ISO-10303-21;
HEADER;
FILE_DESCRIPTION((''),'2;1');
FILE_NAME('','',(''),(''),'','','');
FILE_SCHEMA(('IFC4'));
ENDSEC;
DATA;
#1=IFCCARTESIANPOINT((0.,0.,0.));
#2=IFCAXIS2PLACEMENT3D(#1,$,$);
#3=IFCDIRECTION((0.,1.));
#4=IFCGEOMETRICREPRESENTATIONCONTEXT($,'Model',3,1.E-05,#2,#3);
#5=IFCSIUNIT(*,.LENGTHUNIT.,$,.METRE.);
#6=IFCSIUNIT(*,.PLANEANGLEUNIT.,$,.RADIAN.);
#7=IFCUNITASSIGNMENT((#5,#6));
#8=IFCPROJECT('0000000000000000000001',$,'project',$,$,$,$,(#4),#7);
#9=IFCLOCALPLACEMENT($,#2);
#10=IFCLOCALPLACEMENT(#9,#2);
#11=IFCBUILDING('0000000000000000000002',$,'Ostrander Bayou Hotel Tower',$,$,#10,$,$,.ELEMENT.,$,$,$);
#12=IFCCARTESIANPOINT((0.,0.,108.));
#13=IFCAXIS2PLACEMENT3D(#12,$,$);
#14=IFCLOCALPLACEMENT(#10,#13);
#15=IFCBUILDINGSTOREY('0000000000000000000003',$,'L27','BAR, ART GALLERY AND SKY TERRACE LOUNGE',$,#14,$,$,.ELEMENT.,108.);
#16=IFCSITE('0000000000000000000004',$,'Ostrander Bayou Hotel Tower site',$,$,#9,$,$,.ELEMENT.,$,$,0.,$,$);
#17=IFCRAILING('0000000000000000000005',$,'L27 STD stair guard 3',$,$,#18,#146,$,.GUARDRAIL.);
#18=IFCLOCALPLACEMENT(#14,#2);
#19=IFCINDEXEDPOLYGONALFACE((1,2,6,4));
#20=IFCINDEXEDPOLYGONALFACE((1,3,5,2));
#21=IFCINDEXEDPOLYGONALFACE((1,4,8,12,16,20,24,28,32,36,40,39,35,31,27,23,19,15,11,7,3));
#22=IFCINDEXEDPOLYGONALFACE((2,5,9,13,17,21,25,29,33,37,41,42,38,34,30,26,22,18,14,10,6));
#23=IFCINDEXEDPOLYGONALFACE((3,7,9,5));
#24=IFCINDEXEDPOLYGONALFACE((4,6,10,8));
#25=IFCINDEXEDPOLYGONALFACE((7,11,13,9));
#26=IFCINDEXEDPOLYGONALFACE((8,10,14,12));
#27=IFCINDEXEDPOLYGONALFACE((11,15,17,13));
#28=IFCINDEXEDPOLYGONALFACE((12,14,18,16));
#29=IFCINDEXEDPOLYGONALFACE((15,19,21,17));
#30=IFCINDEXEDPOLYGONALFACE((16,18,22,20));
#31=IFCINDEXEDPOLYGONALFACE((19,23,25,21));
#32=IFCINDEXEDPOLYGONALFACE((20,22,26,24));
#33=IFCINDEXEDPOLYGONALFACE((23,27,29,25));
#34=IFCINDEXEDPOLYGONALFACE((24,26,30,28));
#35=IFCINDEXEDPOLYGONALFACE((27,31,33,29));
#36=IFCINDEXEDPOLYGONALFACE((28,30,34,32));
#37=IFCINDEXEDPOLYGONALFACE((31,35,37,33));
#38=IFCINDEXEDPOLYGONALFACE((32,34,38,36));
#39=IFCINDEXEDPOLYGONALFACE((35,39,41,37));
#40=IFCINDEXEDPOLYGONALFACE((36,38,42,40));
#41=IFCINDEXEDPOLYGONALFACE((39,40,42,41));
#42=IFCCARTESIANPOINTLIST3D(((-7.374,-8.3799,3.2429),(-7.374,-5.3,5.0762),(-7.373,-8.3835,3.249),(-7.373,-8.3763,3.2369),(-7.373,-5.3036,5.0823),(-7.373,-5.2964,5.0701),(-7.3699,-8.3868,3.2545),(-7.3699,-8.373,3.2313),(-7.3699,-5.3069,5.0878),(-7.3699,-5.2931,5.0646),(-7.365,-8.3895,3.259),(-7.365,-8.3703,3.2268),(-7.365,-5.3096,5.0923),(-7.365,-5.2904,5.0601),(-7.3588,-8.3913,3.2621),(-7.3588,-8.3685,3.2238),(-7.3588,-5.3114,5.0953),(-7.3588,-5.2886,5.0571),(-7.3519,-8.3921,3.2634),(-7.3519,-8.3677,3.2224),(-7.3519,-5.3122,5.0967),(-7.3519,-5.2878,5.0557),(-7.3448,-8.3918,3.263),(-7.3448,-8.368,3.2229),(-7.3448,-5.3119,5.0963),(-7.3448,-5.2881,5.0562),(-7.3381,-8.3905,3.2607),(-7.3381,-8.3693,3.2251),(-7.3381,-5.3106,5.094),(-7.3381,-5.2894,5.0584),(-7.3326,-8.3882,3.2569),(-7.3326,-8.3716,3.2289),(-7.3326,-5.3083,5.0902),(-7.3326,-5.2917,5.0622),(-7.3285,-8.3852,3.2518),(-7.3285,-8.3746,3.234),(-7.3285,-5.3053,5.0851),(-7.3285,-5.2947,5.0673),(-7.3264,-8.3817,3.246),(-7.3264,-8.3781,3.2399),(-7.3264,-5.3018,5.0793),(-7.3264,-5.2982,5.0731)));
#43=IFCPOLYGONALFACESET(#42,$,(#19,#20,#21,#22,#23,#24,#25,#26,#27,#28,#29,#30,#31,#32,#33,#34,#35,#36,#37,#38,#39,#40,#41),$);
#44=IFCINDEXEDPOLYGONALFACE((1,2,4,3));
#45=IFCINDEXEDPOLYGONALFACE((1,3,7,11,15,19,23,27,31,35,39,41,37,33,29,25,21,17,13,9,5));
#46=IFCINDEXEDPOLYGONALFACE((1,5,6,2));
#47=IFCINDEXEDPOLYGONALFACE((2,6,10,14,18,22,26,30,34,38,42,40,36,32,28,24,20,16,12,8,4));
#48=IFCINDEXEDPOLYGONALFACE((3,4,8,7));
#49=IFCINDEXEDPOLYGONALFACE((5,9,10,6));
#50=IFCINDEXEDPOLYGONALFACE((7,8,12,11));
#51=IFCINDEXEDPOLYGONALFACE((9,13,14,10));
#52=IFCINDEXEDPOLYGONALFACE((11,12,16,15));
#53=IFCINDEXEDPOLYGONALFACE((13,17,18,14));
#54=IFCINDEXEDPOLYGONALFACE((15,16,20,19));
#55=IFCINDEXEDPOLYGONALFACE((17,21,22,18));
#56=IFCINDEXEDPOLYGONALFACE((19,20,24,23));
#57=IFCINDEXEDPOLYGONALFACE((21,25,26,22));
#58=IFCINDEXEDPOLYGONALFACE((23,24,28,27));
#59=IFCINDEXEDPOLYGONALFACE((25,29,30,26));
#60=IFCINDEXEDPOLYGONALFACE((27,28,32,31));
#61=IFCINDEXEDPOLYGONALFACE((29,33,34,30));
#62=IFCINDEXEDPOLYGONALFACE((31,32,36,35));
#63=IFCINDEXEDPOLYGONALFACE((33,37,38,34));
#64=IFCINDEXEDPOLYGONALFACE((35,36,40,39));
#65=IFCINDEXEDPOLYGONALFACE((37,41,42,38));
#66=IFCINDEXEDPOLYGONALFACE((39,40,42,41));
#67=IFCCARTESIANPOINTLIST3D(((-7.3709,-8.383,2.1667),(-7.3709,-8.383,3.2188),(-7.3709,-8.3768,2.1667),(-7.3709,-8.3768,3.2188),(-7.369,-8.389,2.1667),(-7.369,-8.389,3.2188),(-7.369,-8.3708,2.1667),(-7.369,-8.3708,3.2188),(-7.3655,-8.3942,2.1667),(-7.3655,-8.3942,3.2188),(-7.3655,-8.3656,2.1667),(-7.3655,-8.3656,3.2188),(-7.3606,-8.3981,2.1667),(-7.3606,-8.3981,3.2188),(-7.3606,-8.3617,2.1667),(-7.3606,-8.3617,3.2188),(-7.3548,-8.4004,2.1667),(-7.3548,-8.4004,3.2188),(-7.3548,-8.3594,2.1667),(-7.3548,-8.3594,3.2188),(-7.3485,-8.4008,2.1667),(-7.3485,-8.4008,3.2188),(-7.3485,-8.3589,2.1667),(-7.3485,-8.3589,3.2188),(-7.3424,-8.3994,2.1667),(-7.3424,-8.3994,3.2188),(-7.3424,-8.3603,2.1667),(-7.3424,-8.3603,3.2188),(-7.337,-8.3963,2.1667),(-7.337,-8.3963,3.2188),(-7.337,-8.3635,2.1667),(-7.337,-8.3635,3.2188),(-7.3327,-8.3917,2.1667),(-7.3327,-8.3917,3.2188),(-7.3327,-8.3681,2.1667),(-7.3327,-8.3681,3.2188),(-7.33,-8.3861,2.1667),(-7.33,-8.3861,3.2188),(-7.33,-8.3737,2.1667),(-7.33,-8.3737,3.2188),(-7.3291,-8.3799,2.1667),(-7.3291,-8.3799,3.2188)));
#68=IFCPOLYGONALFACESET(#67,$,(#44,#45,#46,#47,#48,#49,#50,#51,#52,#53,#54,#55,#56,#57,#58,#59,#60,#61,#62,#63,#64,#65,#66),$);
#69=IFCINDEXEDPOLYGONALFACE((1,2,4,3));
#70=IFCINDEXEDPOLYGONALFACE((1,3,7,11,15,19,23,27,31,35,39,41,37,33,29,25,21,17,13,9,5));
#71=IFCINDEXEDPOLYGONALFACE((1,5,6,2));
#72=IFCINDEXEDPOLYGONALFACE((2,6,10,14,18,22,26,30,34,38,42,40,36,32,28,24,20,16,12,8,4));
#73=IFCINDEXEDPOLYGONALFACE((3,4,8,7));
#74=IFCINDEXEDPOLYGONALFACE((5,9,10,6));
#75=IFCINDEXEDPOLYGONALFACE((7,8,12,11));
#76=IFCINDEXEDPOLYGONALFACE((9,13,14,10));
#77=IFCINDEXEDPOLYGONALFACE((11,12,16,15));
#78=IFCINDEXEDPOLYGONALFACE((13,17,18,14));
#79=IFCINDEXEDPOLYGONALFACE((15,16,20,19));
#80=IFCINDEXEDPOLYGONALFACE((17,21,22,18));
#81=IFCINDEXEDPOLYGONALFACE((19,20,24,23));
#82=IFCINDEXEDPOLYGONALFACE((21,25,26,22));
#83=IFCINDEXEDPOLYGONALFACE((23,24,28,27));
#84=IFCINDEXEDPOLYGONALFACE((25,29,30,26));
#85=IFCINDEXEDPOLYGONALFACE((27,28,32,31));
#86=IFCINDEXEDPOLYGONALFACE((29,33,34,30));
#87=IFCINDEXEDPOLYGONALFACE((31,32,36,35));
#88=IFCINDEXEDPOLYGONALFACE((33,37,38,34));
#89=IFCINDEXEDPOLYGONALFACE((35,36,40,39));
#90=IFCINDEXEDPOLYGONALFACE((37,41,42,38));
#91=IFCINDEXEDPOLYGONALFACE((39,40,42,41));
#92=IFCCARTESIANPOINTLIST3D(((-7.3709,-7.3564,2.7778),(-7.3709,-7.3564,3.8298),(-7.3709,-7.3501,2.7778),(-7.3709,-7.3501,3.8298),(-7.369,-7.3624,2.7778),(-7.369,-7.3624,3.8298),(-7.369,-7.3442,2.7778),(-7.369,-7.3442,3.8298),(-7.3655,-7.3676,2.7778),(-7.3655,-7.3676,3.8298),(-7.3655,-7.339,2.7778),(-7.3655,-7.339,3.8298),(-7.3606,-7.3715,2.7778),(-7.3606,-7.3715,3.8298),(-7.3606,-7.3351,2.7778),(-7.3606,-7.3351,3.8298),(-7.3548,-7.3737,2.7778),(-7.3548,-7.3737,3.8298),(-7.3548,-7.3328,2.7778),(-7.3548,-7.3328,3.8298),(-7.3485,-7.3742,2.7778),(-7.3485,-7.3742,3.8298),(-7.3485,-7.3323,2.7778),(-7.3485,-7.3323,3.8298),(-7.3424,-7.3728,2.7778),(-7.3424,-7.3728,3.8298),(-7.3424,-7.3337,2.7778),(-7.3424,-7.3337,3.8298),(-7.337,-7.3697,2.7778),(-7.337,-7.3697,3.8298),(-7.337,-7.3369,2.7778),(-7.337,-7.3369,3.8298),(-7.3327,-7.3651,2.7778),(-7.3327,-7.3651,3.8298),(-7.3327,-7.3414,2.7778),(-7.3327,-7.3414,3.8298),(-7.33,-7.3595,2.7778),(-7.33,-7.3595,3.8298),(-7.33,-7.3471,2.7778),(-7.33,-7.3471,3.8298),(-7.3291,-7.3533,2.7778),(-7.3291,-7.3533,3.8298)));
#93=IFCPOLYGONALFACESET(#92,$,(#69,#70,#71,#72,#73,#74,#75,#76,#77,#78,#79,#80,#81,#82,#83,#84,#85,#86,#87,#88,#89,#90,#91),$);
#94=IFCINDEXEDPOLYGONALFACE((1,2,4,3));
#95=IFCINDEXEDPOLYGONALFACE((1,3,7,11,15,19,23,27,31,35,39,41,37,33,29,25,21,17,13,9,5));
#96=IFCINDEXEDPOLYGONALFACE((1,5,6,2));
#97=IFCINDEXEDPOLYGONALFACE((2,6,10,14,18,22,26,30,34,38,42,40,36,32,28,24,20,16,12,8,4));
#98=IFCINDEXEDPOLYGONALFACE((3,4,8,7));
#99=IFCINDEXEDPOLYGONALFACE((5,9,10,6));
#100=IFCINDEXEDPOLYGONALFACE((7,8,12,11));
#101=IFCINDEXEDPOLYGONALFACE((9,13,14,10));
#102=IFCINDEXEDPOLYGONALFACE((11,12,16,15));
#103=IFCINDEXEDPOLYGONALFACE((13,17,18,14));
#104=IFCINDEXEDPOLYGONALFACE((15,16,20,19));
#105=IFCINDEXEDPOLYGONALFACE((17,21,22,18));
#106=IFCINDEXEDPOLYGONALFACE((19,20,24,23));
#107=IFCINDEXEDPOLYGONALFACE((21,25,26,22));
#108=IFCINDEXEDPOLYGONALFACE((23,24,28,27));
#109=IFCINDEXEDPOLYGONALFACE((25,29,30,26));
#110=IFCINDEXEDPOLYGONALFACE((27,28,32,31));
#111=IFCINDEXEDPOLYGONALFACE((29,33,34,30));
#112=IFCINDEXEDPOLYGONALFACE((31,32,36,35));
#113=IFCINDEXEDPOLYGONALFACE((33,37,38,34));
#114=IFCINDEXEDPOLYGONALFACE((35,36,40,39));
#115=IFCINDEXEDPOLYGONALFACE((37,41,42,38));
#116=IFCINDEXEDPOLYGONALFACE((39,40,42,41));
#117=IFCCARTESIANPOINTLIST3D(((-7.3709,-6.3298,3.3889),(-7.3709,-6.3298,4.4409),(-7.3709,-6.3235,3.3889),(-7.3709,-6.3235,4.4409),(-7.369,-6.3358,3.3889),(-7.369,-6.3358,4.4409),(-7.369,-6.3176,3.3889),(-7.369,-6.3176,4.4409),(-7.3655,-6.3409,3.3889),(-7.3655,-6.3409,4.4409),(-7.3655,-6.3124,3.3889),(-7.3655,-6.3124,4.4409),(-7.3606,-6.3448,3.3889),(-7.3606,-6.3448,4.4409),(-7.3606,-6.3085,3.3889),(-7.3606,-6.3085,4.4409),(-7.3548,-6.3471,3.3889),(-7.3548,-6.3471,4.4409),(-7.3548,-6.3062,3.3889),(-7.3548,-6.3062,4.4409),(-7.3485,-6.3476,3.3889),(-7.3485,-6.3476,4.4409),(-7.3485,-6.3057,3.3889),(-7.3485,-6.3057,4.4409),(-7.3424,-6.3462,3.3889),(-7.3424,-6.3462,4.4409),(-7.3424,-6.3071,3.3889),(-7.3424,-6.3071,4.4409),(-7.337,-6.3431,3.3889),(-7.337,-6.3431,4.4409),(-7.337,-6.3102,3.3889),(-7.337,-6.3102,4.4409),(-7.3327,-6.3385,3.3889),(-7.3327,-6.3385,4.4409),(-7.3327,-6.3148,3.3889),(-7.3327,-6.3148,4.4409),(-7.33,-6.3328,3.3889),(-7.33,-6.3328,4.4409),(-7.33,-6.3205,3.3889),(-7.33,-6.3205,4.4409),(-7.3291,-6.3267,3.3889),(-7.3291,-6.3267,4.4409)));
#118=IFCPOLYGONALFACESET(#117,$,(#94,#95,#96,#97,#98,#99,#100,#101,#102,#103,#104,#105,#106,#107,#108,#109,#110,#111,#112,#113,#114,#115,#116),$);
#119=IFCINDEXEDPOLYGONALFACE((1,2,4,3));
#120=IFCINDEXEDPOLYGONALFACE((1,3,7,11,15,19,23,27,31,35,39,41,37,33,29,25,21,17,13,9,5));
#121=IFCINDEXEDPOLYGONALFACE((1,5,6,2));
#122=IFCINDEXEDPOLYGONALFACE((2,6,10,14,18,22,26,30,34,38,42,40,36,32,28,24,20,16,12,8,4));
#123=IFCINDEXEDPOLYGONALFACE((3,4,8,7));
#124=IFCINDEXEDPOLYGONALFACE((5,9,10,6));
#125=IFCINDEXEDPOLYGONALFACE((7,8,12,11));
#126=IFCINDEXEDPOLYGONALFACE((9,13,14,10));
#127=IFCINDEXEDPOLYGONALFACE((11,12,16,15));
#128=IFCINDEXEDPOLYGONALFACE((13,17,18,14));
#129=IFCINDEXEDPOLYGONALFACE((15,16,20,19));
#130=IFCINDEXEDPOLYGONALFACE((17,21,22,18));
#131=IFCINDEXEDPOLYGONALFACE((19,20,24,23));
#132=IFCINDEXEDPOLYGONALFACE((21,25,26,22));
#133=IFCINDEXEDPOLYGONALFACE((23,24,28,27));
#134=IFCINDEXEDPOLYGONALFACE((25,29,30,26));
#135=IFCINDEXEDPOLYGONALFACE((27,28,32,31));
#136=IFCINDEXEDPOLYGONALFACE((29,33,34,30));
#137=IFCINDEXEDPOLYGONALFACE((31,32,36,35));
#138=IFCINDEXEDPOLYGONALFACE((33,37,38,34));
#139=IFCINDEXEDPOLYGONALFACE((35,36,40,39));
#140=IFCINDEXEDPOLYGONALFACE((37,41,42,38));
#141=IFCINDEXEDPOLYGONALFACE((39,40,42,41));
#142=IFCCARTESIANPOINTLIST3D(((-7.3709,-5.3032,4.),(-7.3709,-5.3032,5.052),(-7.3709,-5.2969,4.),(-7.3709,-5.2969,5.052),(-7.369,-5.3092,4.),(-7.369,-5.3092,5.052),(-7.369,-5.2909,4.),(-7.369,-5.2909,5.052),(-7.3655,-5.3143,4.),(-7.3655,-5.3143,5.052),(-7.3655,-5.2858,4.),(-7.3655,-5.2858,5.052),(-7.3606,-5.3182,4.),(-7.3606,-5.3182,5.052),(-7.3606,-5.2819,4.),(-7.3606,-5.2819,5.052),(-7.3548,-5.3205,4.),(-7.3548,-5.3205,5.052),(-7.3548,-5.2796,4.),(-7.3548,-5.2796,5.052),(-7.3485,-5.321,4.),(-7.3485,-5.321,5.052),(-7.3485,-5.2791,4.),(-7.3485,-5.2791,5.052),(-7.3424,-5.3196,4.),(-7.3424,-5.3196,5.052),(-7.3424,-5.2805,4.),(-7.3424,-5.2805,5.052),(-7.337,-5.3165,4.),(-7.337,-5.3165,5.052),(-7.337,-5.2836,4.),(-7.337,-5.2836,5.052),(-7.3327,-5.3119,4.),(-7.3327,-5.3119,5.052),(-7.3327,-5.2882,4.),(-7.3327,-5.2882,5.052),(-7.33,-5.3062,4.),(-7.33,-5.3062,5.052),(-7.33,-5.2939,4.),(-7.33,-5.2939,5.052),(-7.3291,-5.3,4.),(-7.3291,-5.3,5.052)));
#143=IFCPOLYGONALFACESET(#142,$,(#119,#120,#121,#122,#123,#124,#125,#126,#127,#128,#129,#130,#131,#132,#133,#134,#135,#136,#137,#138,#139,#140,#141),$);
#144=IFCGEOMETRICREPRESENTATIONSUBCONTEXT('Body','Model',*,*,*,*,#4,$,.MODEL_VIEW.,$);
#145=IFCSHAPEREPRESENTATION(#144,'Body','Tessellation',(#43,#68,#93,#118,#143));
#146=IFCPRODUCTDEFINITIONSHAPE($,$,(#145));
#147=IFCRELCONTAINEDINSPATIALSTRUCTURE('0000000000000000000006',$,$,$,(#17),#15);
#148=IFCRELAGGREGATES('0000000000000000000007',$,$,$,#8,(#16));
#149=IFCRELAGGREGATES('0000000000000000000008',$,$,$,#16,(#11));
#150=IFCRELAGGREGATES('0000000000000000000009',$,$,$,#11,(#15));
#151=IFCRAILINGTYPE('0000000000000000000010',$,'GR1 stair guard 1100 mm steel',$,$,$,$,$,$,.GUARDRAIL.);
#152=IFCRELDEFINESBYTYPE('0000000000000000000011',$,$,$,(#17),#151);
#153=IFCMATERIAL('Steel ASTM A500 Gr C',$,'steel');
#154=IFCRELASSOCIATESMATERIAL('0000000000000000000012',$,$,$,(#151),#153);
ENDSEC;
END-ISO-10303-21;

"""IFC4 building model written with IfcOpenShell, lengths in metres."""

from ifc_helpers import new_model, si_unit, direction, frame, origin, origin_2d, place, context, subcontext, project, spatial, circle, extrude, material, type_object, element, save


model = new_model("IFC4")

# Units and contexts
model_context = context("Model", 3, precision=1e-05, world=origin(), true_north=direction((0.0, 1.0)))
body_context = subcontext(model_context, "Body", "Model", "MODEL_VIEW")
ifc_project = project(units=[si_unit("LENGTHUNIT", "METRE"), si_unit("PLANEANGLEUNIT", "RADIAN")], contexts=[model_context])

# Site, building, storey
site_placement = place(None, origin())
site = spatial("IfcSite", under=ifc_project, at=site_placement, Name="Ostrander Bayou Hotel Tower site", CompositionType="ELEMENT", RefElevation=0.0)
building_placement = place(site_placement, origin())
building = spatial("IfcBuilding", under=site, at=building_placement, Name="Ostrander Bayou Hotel Tower", CompositionType="ELEMENT")
storey_placement = place(building_placement, frame((0.0, 0.0, 108.0)))
storey = spatial("IfcBuildingStorey", under=building, at=storey_placement, Name="L27", Description="BAR, ART GALLERY AND SKY TERRACE LOUNGE", CompositionType="ELEMENT", Elevation=108.0)

# Railing
ifc_material_1 = material(Name="Steel ASTM A500 Gr C", Category="steel")
railing_type_1 = type_object("IfcRailingType", Name="GR1 stair guard 1100 mm steel", PredefinedType="GUARDRAIL", material=ifc_material_1)
railing_1_placement = place(storey_placement, frame((-7.3501, -8.3799, 2.1667)))
element("IfcRailing", 1, at=railing_1_placement, inside=storey, type_object=railing_type_1, Name="L27 STD stair guard 3", PredefinedType="GUARDRAIL", context=body_context, shape_type="SweptSolid", body=[
    extrude(circle(Radius=0.0239, at=origin_2d()), frame((0.0, 0.0, 1.0762), z_axis=(0.0, 0.859291, 0.511487), x_axis=(-1.0, 0.0, 0.0)), (0.0, 0.0, 1.0), 3.5842),
    extrude(circle(Radius=0.021, at=origin_2d()), origin(), (0.0, 0.0, 1.0), 1.052),
    extrude(circle(Radius=0.021, at=origin_2d()), frame((0.0, 1.0266, 0.6111)), (0.0, 0.0, 1.0), 1.052),
    extrude(circle(Radius=0.021, at=origin_2d()), frame((0.0, 2.0532, 1.2222)), (0.0, 0.0, 1.0), 1.052),
    extrude(circle(Radius=0.021, at=origin_2d()), frame((0.0, 3.0798, 1.8333)), (0.0, 0.0, 1.0), 1.052),
])

save(model, "model.ifc")
